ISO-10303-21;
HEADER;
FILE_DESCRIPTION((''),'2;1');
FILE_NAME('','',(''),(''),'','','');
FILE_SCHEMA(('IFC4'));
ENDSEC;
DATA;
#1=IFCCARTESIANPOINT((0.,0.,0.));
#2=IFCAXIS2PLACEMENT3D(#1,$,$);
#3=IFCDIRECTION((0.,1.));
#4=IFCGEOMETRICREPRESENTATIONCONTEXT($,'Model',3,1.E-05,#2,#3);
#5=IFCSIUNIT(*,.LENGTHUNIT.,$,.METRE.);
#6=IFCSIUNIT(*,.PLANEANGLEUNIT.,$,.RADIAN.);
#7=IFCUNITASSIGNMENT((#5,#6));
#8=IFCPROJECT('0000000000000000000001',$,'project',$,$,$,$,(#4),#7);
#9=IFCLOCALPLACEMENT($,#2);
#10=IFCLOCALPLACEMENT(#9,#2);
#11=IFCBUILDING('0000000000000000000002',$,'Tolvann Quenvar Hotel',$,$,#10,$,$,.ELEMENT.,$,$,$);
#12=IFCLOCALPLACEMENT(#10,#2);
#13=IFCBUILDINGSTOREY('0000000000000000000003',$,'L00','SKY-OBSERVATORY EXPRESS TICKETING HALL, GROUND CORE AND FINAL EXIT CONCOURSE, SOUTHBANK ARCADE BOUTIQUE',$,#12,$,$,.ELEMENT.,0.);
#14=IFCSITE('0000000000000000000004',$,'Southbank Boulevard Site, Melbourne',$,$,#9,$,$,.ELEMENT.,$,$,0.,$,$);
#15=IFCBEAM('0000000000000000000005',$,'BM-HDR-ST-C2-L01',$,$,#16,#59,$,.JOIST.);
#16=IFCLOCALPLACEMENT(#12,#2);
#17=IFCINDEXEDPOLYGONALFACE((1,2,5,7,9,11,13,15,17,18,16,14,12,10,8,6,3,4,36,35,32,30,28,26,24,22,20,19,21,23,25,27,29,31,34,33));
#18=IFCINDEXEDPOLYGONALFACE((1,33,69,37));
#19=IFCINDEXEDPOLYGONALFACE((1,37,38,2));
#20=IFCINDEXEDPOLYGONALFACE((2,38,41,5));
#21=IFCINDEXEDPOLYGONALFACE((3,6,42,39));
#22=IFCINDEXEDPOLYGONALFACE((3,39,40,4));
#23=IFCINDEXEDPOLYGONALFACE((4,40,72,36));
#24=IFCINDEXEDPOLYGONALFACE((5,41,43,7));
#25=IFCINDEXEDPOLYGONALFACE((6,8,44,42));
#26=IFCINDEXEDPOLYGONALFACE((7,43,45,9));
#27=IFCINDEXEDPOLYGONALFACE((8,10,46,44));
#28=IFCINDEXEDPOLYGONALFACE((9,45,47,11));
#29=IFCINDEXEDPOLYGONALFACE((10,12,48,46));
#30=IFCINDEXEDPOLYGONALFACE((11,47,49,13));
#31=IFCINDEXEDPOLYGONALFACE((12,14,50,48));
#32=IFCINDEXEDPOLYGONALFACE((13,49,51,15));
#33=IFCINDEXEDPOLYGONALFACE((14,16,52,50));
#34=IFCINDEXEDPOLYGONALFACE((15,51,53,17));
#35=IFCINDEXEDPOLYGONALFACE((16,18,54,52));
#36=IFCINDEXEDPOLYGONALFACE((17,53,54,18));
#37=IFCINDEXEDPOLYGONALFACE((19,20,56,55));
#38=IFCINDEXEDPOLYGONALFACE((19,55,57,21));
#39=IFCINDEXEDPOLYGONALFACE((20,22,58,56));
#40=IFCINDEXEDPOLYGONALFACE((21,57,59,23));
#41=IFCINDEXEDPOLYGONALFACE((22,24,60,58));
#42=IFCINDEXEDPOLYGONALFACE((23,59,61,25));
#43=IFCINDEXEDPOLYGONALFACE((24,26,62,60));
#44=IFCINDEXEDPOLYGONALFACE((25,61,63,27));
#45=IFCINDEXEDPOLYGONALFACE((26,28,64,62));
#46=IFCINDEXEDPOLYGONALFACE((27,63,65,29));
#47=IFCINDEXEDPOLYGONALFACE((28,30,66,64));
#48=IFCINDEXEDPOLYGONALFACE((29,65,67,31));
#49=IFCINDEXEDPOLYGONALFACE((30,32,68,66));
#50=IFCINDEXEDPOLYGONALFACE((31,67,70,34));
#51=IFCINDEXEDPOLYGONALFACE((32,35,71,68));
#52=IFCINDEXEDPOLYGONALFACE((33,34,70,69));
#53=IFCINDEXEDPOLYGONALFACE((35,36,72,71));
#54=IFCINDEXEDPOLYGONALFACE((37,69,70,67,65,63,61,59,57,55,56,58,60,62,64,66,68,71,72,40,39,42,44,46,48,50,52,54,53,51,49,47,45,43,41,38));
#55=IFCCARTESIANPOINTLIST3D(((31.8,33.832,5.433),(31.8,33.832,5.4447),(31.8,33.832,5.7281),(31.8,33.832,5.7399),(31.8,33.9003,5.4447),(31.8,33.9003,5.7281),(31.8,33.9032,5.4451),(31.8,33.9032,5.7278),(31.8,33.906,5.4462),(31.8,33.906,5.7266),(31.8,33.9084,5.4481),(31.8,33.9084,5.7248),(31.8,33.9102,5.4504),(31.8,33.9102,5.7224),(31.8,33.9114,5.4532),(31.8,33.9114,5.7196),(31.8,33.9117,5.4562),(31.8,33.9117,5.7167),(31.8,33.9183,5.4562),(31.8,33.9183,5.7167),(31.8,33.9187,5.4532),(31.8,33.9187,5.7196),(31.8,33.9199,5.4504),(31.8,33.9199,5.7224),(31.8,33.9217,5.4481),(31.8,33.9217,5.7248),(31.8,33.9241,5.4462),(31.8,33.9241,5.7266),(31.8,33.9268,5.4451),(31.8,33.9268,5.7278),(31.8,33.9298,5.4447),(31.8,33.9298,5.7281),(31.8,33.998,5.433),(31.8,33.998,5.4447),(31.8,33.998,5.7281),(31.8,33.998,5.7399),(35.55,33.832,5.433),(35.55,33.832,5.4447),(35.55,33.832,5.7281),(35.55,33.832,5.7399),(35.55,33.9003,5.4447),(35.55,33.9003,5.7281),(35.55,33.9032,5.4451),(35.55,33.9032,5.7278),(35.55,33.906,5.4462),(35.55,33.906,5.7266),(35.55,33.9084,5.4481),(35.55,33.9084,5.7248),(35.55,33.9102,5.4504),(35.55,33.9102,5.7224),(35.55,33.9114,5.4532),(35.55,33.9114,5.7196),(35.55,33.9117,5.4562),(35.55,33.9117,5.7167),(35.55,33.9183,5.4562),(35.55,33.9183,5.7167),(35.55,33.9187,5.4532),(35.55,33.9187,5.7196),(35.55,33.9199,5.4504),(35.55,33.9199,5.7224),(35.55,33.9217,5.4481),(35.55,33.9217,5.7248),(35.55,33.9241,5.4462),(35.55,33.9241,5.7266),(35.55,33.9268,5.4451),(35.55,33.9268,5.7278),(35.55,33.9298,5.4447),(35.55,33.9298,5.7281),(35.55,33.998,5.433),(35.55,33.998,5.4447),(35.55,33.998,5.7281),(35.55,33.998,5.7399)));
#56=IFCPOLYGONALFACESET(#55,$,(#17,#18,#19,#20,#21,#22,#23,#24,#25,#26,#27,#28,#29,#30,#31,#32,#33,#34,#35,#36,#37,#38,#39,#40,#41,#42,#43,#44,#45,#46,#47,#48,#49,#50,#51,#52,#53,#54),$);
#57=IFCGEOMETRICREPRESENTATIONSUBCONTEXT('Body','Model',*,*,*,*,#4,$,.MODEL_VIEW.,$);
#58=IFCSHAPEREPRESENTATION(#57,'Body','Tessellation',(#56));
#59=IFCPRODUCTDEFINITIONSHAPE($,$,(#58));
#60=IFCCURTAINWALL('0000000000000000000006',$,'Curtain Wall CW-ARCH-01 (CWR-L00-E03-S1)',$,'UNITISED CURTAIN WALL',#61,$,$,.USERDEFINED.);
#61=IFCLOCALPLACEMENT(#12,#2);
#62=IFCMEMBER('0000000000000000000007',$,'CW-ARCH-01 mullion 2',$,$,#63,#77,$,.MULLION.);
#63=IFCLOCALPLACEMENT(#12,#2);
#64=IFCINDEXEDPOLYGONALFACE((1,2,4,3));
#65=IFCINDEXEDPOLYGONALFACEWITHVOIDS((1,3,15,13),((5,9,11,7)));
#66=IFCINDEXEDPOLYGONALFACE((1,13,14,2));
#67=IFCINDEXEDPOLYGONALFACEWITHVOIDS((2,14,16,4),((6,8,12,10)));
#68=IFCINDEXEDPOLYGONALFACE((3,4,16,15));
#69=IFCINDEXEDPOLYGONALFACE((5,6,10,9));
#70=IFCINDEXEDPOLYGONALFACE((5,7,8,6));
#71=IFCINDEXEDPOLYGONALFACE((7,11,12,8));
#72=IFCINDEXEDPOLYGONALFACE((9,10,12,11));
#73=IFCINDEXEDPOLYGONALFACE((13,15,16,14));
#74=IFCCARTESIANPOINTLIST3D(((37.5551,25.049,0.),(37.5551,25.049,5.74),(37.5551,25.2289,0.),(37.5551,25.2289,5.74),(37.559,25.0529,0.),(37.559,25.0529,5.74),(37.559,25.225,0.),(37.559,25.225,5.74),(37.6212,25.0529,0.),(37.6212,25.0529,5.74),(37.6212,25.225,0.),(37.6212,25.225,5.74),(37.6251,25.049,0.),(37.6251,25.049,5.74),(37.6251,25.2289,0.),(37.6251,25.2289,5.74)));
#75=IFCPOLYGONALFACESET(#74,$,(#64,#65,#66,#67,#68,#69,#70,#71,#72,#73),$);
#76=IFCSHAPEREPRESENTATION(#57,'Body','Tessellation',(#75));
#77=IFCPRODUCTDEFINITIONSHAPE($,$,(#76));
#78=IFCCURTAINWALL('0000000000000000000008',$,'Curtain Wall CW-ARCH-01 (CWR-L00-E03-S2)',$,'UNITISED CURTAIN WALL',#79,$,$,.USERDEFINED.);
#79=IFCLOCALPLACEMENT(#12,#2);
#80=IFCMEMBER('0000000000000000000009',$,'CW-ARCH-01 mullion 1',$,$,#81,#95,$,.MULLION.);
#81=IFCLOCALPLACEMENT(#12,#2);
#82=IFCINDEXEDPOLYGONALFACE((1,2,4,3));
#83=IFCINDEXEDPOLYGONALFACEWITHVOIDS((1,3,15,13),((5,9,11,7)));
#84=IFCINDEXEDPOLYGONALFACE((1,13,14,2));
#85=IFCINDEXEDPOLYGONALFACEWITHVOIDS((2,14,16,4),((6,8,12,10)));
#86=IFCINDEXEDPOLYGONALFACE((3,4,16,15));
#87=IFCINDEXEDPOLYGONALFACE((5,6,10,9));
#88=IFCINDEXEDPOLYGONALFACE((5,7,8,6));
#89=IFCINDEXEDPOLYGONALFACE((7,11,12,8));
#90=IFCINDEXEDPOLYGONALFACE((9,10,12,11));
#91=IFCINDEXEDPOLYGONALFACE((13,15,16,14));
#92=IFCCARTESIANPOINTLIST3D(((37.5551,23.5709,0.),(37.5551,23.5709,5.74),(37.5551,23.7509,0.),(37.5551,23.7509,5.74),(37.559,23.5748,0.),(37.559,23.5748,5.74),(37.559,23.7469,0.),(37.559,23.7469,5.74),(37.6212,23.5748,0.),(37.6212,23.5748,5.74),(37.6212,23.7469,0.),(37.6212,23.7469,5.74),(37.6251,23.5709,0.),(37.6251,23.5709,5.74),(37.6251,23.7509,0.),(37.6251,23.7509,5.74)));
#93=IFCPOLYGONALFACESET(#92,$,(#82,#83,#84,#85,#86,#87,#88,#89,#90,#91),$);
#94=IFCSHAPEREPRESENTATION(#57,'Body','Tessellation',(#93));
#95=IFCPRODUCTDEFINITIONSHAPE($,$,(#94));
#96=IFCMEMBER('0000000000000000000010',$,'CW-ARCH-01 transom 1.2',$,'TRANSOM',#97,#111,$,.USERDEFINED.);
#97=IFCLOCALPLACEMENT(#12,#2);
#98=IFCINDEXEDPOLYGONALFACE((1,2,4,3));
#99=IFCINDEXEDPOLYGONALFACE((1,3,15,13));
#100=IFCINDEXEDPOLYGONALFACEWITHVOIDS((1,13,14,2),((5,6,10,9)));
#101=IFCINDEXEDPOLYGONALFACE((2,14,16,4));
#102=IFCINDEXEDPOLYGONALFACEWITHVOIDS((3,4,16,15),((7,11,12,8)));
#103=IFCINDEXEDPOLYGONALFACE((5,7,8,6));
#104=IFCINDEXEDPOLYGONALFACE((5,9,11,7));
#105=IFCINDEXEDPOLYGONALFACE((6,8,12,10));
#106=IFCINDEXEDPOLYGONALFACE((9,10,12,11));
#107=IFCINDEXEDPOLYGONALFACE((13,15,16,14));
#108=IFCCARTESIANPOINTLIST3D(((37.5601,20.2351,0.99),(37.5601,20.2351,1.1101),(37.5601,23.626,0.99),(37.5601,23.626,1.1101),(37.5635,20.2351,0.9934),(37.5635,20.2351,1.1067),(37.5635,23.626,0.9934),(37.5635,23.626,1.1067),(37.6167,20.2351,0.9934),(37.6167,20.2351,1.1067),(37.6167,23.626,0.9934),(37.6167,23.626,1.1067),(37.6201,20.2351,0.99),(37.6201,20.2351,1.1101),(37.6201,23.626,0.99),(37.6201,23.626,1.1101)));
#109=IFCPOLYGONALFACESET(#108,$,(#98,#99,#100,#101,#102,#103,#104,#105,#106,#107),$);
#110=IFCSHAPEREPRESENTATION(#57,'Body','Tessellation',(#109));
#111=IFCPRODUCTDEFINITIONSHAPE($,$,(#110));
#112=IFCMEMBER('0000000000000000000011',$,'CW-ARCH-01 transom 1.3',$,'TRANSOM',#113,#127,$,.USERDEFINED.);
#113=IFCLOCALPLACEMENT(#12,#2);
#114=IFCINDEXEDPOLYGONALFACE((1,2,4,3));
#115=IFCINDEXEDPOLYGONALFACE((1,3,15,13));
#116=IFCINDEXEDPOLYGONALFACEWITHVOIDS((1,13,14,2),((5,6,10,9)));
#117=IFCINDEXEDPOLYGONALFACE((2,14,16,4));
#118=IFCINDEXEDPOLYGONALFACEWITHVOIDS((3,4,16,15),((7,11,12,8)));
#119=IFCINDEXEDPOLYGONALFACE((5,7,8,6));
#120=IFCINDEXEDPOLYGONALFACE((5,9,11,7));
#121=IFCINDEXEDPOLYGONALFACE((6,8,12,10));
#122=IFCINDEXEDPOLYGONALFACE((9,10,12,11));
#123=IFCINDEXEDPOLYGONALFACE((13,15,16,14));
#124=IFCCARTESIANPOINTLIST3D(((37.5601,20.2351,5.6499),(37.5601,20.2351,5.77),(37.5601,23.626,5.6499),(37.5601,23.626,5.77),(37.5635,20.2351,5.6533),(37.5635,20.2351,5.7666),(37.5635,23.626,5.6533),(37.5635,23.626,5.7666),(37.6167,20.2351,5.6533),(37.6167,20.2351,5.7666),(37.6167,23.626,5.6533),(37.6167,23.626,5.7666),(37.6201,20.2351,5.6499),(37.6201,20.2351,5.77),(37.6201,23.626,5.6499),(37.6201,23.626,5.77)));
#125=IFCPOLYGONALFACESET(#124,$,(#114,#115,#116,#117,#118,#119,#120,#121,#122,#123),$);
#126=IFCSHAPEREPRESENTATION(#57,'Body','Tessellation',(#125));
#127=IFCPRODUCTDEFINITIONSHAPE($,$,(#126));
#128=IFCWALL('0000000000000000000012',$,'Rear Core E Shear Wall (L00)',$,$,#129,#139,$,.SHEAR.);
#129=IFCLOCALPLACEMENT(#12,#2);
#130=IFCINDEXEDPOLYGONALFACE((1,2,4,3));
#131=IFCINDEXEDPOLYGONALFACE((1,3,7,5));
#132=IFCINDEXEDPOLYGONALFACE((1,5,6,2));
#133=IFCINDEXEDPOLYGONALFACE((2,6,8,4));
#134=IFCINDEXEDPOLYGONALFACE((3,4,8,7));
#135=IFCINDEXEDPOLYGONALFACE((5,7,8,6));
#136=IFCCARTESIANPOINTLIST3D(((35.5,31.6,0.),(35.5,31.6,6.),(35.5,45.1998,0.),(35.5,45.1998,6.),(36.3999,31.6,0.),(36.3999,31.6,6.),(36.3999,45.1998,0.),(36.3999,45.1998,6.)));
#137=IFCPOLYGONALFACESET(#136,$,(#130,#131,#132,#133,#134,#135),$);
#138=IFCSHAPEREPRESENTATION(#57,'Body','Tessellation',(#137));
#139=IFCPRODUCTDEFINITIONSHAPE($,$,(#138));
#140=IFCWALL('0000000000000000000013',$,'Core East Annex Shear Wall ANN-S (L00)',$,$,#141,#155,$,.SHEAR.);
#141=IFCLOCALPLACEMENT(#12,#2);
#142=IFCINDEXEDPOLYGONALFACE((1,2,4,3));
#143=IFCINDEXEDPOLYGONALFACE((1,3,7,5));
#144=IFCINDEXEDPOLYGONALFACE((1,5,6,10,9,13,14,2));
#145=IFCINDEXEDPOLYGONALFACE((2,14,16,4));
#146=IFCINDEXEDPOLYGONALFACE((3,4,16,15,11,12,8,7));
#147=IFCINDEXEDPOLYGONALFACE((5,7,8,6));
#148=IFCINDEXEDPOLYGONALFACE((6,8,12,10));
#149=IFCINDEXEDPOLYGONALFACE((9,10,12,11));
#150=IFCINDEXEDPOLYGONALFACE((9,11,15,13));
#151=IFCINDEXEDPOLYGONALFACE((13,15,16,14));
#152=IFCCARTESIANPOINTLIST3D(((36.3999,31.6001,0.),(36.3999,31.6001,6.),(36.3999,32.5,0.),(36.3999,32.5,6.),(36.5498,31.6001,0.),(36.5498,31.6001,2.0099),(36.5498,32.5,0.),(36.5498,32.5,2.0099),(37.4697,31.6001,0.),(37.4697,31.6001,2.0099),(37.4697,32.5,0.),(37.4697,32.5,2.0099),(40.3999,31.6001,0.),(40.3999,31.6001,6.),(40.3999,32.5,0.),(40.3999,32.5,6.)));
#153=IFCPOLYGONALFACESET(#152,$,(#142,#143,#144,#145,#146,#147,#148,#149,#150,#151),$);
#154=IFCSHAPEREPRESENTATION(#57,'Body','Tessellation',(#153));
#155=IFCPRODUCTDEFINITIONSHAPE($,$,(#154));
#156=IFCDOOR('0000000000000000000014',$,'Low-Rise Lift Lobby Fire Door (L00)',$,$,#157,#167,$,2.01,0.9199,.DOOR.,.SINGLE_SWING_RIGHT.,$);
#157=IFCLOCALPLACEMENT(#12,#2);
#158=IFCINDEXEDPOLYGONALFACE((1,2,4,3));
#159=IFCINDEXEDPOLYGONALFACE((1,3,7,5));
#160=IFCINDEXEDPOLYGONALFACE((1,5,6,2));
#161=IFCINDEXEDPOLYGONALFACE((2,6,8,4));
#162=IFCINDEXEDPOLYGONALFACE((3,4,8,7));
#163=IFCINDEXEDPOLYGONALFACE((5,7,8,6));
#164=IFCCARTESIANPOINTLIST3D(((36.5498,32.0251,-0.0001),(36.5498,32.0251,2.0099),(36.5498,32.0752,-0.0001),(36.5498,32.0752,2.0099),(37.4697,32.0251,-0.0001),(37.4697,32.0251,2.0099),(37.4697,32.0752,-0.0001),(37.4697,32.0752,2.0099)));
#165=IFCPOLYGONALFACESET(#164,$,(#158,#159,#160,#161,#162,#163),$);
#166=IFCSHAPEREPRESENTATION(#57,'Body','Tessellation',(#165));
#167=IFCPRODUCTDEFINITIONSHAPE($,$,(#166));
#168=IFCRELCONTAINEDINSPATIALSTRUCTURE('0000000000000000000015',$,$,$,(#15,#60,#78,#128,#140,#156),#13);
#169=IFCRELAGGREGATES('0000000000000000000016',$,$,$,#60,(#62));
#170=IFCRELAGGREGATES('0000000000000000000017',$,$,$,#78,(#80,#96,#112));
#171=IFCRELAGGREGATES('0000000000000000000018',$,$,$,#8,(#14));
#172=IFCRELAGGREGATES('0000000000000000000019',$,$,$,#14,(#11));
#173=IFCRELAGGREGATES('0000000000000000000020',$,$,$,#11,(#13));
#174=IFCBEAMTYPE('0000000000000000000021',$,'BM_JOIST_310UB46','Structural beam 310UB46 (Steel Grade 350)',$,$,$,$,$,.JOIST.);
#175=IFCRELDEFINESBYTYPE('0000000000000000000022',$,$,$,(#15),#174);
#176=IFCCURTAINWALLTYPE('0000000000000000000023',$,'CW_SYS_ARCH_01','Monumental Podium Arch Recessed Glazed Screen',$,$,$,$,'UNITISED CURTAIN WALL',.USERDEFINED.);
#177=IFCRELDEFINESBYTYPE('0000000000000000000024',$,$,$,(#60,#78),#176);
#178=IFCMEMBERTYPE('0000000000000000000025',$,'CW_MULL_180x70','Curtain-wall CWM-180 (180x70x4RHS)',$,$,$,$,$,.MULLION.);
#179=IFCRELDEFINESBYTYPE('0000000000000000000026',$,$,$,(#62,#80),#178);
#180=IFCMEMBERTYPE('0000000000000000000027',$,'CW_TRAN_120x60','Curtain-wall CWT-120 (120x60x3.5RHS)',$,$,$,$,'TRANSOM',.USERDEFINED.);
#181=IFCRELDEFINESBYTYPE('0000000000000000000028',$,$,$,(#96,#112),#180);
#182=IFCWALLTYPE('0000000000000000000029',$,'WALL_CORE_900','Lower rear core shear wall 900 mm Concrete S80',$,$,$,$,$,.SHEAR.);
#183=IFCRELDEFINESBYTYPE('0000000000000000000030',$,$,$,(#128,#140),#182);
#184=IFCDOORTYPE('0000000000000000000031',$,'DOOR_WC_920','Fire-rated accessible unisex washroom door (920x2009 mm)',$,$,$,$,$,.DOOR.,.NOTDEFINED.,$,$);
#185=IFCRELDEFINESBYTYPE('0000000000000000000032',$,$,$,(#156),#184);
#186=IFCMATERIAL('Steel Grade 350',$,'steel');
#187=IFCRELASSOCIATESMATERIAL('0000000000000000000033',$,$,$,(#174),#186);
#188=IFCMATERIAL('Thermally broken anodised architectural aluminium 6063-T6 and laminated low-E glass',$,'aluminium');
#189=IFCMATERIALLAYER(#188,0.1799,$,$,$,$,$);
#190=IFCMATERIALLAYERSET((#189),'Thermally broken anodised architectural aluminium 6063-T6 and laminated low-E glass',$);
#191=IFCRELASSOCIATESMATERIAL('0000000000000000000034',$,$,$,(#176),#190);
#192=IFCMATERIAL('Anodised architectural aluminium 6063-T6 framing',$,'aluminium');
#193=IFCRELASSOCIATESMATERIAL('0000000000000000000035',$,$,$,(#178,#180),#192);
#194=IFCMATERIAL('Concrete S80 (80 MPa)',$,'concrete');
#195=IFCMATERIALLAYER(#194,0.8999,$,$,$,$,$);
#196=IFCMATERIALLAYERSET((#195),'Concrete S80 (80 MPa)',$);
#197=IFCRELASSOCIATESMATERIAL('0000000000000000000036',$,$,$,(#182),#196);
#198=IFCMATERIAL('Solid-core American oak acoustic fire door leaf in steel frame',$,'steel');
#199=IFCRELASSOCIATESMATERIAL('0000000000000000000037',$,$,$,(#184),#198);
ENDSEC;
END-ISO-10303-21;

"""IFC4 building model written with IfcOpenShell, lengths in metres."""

from ifc_helpers import new_model, si_unit, direction, frame, frame_2d, origin, origin_2d, place, context, subcontext, project, spatial, rectangle, hollow_rectangle, i_section, extrude, source, transform, mapped, material, layer, layer_set, material_profile, profile_set, type_object, type_shapes, element, fill, aggregate, save


model = new_model("IFC4")

# Units and contexts
model_context = context("Model", 3, precision=1e-05, world=origin(), true_north=direction((0.0, 1.0)))
body_context = subcontext(model_context, "Body", "Model", "MODEL_VIEW")
ifc_project = project(units=[si_unit("LENGTHUNIT", "METRE"), si_unit("PLANEANGLEUNIT", "RADIAN")], contexts=[model_context])

# Site, building, storey
site_placement = place(None, origin())
site = spatial("IfcSite", under=ifc_project, at=site_placement, Name="Southbank Boulevard Site, Melbourne", CompositionType="ELEMENT", RefElevation=0.0)
building_placement = place(site_placement, origin())
building = spatial("IfcBuilding", under=site, at=building_placement, Name="Tolvann Quenvar Hotel", CompositionType="ELEMENT")
storey_placement = place(building_placement, origin())
storey = spatial("IfcBuildingStorey", under=building, at=storey_placement, Name="L00", Description="SKY-OBSERVATORY EXPRESS TICKETING HALL, GROUND CORE AND FINAL EXIT CONCOURSE, SOUTHBANK ARCADE BOUTIQUE", CompositionType="ELEMENT", Elevation=0.0)

# Beam
ifc_material_1 = material(Name="Steel Grade 350", Category="steel")
ifc_material_profile_1 = material_profile(ifc_material_1, i_section(OverallWidth=0.166, OverallDepth=0.3069, WebThickness=0.0066, FlangeThickness=0.0117, FilletRadius=0.0115, at=origin_2d()), Name="310UB46")
ifc_profile_set_1 = profile_set([ifc_material_profile_1], Name="Steel Grade 350")
beam_type = type_object("IfcBeamType", Name="BM_JOIST_310UB46", Description="Structural beam 310UB46 (Steel Grade 350)", PredefinedType="JOIST", material=ifc_profile_set_1)
shared_shape_1 = source(origin(), body_context, "Body", "SweptSolid", [
    extrude(i_section(OverallWidth=0.166, OverallDepth=0.3069, WebThickness=0.0066, FlangeThickness=0.0117, FilletRadius=0.0115, at=origin_2d()), origin(), (0.0, 0.0, 1.0), 3.75),
])
type_shapes(beam_type, [shared_shape_1])
beam_placement = place(storey_placement, frame((31.8, 33.915, 5.5864), z_axis=(1.0, 0.0, 0.0), x_axis=(0.0, 1.0, 0.0)))
element("IfcBeam", 1, at=beam_placement, inside=storey, type_object=beam_type, Name="BM-HDR-ST-C2-L01", PredefinedType="JOIST", context=body_context, shape_type="MappedRepresentation", body=[
    mapped(shared_shape_1, transform((0.0, 0.0, 0.0), x_axis=(1.0, 0.0, 0.0), y_axis=(0.0, 1.0, 0.0), z_axis=(0.0, 0.0, 1.0), scale=1.0)),
])

# Curtain wall, member
ifc_material_2 = material(Name="Thermally broken anodised architectural aluminium 6063-T6 and laminated low-E glass", Category="aluminium")
ifc_layer_1 = layer(ifc_material_2, 0.1799)
ifc_layer_set_1 = layer_set([ifc_layer_1], Name="Thermally broken anodised architectural aluminium 6063-T6 and laminated low-E glass")
curtain_wall_type = type_object("IfcCurtainWallType", Name="CW_SYS_ARCH_01", Description="Monumental Podium Arch Recessed Glazed Screen", ElementType="UNITISED CURTAIN WALL", PredefinedType="USERDEFINED", material=ifc_layer_set_1)
curtain_wall_1_placement = place(storey_placement, origin())
curtain_wall_1 = element("IfcCurtainWall", 2, at=curtain_wall_1_placement, inside=storey, type_object=curtain_wall_type, Name="Curtain Wall CW-ARCH-01 (CWR-L00-E03-S1)", ObjectType="UNITISED CURTAIN WALL", PredefinedType="USERDEFINED")
ifc_material_3 = material(Name="Anodised architectural aluminium 6063-T6 framing", Category="aluminium")
ifc_material_profile_2 = material_profile(ifc_material_3, hollow_rectangle(XDim=0.0701, YDim=0.1799, WallThickness=0.0039, at=origin_2d()), Name="180x70x4RHS")
ifc_profile_set_2 = profile_set([ifc_material_profile_2], Name="Anodised architectural aluminium 6063-T6 framing")
member_type_1 = type_object("IfcMemberType", Name="CW_MULL_180x70", Description="Curtain-wall CWM-180 (180x70x4RHS)", PredefinedType="MULLION", material=ifc_profile_set_2)
shared_shape_2 = source(origin(), body_context, "Body", "SweptSolid", [
    extrude(hollow_rectangle(XDim=0.0701, YDim=0.1799, WallThickness=0.0039, at=origin_2d()), origin(), (0.0, 0.0, 1.0), 5.74),
])
type_shapes(member_type_1, [shared_shape_2])
member_1_placement = place(storey_placement, frame((37.5901, 25.1389, 0.0), z_axis=(0.0, 0.0, 1.0), x_axis=(1.0, 0.0, 0.0)))
member_1 = element("IfcMember", 3, at=member_1_placement, type_object=member_type_1, Name="CW-ARCH-01 mullion 2", PredefinedType="MULLION", context=body_context, shape_type="MappedRepresentation", body=[
    mapped(shared_shape_2, transform((0.0, 0.0, 0.0), x_axis=(1.0, 0.0, 0.0), y_axis=(0.0, 1.0, 0.0), z_axis=(0.0, 0.0, 1.0), scale=1.0)),
])
aggregate(curtain_wall_1, [member_1])

# Curtain wall, members
curtain_wall_2_placement = place(storey_placement, origin())
curtain_wall_2 = element("IfcCurtainWall", 4, at=curtain_wall_2_placement, inside=storey, type_object=curtain_wall_type, Name="Curtain Wall CW-ARCH-01 (CWR-L00-E03-S2)", ObjectType="UNITISED CURTAIN WALL", PredefinedType="USERDEFINED")
member_2_placement = place(storey_placement, frame((37.5901, 23.6609, 0.0), z_axis=(0.0, 0.0, 1.0), x_axis=(1.0, 0.0, 0.0)))
member_2 = element("IfcMember", 5, at=member_2_placement, type_object=member_type_1, Name="CW-ARCH-01 mullion 1", PredefinedType="MULLION", context=body_context, shape_type="MappedRepresentation", body=[
    mapped(shared_shape_2, transform((0.0, 0.0, 0.0), x_axis=(1.0, 0.0, 0.0), y_axis=(0.0, 1.0, 0.0), z_axis=(0.0, 0.0, 1.0), scale=1.0)),
])
ifc_material_profile_3 = material_profile(ifc_material_3, hollow_rectangle(XDim=0.0601, YDim=0.1201, WallThickness=0.0034, at=origin_2d()), Name="120x60x3.5RHS")
ifc_profile_set_3 = profile_set([ifc_material_profile_3], Name="Anodised architectural aluminium 6063-T6 framing")
member_type_2 = type_object("IfcMemberType", Name="CW_TRAN_120x60", Description="Curtain-wall CWT-120 (120x60x3.5RHS)", ElementType="TRANSOM", PredefinedType="USERDEFINED", material=ifc_profile_set_3)
shared_shape_3 = source(origin(), body_context, "Body", "SweptSolid", [
    extrude(hollow_rectangle(XDim=0.0601, YDim=0.1201, WallThickness=0.0034, at=origin_2d()), origin(), (0.0, 0.0, 1.0), 3.3909),
])
type_shapes(member_type_2, [shared_shape_3])
member_3_placement = place(storey_placement, frame((37.5901, 23.626, 1.05), z_axis=(0.0, -1.0, 0.0), x_axis=(1.0, 0.0, 0.0)))
member_3 = element("IfcMember", 6, at=member_3_placement, type_object=member_type_2, Name="CW-ARCH-01 transom 1.2", ObjectType="TRANSOM", PredefinedType="USERDEFINED", context=body_context, shape_type="MappedRepresentation", body=[
    mapped(shared_shape_3, transform((0.0, 0.0, 0.0), x_axis=(1.0, 0.0, 0.0), y_axis=(0.0, 1.0, 0.0), z_axis=(0.0, 0.0, 1.0), scale=1.0)),
])
member_4_placement = place(storey_placement, frame((37.5901, 23.626, 5.71), z_axis=(0.0, -1.0, 0.0), x_axis=(1.0, 0.0, 0.0)))
member_4 = element("IfcMember", 7, at=member_4_placement, type_object=member_type_2, Name="CW-ARCH-01 transom 1.3", ObjectType="TRANSOM", PredefinedType="USERDEFINED", context=body_context, shape_type="MappedRepresentation", body=[
    mapped(shared_shape_3, transform((0.0, 0.0, 0.0), x_axis=(1.0, 0.0, 0.0), y_axis=(0.0, 1.0, 0.0), z_axis=(0.0, 0.0, 1.0), scale=1.0)),
])
aggregate(curtain_wall_2, [member_2, member_3, member_4])

# Wall
ifc_material_4 = material(Name="Concrete S80 (80 MPa)", Category="concrete")
ifc_layer_2 = layer(ifc_material_4, 0.8999)
ifc_layer_set_2 = layer_set([ifc_layer_2], Name="Concrete S80 (80 MPa)")
wall_type_1 = type_object("IfcWallType", Name="WALL_CORE_900", Description="Lower rear core shear wall 900 mm Concrete S80", PredefinedType="SHEAR", material=ifc_layer_set_2)
wall_1_placement = place(storey_placement, frame((35.95, 31.6001, 0.0), z_axis=(0.0, 0.0, 1.0), x_axis=(0.0, 1.0, 0.0)))
element("IfcWall", 8, at=wall_1_placement, inside=storey, type_object=wall_type_1, Name="Rear Core E Shear Wall (L00)", PredefinedType="SHEAR", context=body_context, shape_type="SweptSolid", body=[
    extrude(rectangle(XDim=13.5999, YDim=0.8999, at=frame_2d((6.7998, 0.0))), origin(), (0.0, 0.0, 1.0), 6.0),
])

# Wall, opening, door
wall_2_placement = place(storey_placement, frame((36.3999, 32.05, 0.0), z_axis=(0.0, 0.0, 1.0), x_axis=(1.0, 0.0, 0.0)))
wall_2 = element("IfcWall", 9, at=wall_2_placement, inside=storey, type_object=wall_type_1, Name="Core East Annex Shear Wall ANN-S (L00)", PredefinedType="SHEAR", context=body_context, shape_type="SweptSolid", body=[
    extrude(rectangle(XDim=4.0, YDim=0.8999, at=frame_2d((2.0, 0.0))), origin(), (0.0, 0.0, 1.0), 6.0),
])
opening_1_placement = place(wall_2_placement, frame((1.0698, 0.0, 0.0), z_axis=(0.0, 0.0, 1.0), x_axis=(-1.0, 0.0, 0.0)))
opening_1 = element("IfcOpeningElement", 10, at=opening_1_placement, cuts=wall_2, PredefinedType="OPENING", context=body_context, shape_type="SweptSolid", body=[
    extrude(rectangle(XDim=0.9199, YDim=2.01, at=frame_2d((0.46, 1.0049))), frame((0.0, 0.46, 0.0), z_axis=(0.0, -1.0, 0.0), x_axis=(1.0, 0.0, 0.0)), (0.0, 0.0, 1.0), 0.9199),
])
ifc_material_5 = material(Name="Solid-core American oak acoustic fire door leaf in steel frame", Category="steel")
door_type_1 = type_object("IfcDoorType", Name="DOOR_WC_920", Description="Fire-rated accessible unisex washroom door (920x2009 mm)", OperationType="NOTDEFINED", PredefinedType="DOOR", material=ifc_material_5)
shared_shape_4 = source(origin(), body_context, "Body", "SweptSolid", [
    extrude(rectangle(XDim=0.9199, YDim=2.01, at=frame_2d((0.46, 1.0049))), frame((0.0, 0.0249, 0.0), z_axis=(0.0, -1.0, 0.0), x_axis=(1.0, 0.0, 0.0)), (0.0, 0.0, 1.0), 0.05),
])
type_shapes(door_type_1, [shared_shape_4])
door_1_placement = place(opening_1_placement, origin())
door_1 = element("IfcDoor", 11, at=door_1_placement, inside=storey, type_object=door_type_1, Name="Low-Rise Lift Lobby Fire Door (L00)", OperationType="SINGLE_SWING_RIGHT", OverallHeight=2.01, OverallWidth=0.9199, PredefinedType="DOOR", context=body_context, shape_type="MappedRepresentation", body=[
    mapped(shared_shape_4, transform((0.0, 0.0, 0.0), x_axis=(1.0, 0.0, 0.0), y_axis=(0.0, 1.0, 0.0), z_axis=(0.0, 0.0, 1.0), scale=1.0)),
])
fill(opening_1, door_1)

save(model, "model.ifc")
